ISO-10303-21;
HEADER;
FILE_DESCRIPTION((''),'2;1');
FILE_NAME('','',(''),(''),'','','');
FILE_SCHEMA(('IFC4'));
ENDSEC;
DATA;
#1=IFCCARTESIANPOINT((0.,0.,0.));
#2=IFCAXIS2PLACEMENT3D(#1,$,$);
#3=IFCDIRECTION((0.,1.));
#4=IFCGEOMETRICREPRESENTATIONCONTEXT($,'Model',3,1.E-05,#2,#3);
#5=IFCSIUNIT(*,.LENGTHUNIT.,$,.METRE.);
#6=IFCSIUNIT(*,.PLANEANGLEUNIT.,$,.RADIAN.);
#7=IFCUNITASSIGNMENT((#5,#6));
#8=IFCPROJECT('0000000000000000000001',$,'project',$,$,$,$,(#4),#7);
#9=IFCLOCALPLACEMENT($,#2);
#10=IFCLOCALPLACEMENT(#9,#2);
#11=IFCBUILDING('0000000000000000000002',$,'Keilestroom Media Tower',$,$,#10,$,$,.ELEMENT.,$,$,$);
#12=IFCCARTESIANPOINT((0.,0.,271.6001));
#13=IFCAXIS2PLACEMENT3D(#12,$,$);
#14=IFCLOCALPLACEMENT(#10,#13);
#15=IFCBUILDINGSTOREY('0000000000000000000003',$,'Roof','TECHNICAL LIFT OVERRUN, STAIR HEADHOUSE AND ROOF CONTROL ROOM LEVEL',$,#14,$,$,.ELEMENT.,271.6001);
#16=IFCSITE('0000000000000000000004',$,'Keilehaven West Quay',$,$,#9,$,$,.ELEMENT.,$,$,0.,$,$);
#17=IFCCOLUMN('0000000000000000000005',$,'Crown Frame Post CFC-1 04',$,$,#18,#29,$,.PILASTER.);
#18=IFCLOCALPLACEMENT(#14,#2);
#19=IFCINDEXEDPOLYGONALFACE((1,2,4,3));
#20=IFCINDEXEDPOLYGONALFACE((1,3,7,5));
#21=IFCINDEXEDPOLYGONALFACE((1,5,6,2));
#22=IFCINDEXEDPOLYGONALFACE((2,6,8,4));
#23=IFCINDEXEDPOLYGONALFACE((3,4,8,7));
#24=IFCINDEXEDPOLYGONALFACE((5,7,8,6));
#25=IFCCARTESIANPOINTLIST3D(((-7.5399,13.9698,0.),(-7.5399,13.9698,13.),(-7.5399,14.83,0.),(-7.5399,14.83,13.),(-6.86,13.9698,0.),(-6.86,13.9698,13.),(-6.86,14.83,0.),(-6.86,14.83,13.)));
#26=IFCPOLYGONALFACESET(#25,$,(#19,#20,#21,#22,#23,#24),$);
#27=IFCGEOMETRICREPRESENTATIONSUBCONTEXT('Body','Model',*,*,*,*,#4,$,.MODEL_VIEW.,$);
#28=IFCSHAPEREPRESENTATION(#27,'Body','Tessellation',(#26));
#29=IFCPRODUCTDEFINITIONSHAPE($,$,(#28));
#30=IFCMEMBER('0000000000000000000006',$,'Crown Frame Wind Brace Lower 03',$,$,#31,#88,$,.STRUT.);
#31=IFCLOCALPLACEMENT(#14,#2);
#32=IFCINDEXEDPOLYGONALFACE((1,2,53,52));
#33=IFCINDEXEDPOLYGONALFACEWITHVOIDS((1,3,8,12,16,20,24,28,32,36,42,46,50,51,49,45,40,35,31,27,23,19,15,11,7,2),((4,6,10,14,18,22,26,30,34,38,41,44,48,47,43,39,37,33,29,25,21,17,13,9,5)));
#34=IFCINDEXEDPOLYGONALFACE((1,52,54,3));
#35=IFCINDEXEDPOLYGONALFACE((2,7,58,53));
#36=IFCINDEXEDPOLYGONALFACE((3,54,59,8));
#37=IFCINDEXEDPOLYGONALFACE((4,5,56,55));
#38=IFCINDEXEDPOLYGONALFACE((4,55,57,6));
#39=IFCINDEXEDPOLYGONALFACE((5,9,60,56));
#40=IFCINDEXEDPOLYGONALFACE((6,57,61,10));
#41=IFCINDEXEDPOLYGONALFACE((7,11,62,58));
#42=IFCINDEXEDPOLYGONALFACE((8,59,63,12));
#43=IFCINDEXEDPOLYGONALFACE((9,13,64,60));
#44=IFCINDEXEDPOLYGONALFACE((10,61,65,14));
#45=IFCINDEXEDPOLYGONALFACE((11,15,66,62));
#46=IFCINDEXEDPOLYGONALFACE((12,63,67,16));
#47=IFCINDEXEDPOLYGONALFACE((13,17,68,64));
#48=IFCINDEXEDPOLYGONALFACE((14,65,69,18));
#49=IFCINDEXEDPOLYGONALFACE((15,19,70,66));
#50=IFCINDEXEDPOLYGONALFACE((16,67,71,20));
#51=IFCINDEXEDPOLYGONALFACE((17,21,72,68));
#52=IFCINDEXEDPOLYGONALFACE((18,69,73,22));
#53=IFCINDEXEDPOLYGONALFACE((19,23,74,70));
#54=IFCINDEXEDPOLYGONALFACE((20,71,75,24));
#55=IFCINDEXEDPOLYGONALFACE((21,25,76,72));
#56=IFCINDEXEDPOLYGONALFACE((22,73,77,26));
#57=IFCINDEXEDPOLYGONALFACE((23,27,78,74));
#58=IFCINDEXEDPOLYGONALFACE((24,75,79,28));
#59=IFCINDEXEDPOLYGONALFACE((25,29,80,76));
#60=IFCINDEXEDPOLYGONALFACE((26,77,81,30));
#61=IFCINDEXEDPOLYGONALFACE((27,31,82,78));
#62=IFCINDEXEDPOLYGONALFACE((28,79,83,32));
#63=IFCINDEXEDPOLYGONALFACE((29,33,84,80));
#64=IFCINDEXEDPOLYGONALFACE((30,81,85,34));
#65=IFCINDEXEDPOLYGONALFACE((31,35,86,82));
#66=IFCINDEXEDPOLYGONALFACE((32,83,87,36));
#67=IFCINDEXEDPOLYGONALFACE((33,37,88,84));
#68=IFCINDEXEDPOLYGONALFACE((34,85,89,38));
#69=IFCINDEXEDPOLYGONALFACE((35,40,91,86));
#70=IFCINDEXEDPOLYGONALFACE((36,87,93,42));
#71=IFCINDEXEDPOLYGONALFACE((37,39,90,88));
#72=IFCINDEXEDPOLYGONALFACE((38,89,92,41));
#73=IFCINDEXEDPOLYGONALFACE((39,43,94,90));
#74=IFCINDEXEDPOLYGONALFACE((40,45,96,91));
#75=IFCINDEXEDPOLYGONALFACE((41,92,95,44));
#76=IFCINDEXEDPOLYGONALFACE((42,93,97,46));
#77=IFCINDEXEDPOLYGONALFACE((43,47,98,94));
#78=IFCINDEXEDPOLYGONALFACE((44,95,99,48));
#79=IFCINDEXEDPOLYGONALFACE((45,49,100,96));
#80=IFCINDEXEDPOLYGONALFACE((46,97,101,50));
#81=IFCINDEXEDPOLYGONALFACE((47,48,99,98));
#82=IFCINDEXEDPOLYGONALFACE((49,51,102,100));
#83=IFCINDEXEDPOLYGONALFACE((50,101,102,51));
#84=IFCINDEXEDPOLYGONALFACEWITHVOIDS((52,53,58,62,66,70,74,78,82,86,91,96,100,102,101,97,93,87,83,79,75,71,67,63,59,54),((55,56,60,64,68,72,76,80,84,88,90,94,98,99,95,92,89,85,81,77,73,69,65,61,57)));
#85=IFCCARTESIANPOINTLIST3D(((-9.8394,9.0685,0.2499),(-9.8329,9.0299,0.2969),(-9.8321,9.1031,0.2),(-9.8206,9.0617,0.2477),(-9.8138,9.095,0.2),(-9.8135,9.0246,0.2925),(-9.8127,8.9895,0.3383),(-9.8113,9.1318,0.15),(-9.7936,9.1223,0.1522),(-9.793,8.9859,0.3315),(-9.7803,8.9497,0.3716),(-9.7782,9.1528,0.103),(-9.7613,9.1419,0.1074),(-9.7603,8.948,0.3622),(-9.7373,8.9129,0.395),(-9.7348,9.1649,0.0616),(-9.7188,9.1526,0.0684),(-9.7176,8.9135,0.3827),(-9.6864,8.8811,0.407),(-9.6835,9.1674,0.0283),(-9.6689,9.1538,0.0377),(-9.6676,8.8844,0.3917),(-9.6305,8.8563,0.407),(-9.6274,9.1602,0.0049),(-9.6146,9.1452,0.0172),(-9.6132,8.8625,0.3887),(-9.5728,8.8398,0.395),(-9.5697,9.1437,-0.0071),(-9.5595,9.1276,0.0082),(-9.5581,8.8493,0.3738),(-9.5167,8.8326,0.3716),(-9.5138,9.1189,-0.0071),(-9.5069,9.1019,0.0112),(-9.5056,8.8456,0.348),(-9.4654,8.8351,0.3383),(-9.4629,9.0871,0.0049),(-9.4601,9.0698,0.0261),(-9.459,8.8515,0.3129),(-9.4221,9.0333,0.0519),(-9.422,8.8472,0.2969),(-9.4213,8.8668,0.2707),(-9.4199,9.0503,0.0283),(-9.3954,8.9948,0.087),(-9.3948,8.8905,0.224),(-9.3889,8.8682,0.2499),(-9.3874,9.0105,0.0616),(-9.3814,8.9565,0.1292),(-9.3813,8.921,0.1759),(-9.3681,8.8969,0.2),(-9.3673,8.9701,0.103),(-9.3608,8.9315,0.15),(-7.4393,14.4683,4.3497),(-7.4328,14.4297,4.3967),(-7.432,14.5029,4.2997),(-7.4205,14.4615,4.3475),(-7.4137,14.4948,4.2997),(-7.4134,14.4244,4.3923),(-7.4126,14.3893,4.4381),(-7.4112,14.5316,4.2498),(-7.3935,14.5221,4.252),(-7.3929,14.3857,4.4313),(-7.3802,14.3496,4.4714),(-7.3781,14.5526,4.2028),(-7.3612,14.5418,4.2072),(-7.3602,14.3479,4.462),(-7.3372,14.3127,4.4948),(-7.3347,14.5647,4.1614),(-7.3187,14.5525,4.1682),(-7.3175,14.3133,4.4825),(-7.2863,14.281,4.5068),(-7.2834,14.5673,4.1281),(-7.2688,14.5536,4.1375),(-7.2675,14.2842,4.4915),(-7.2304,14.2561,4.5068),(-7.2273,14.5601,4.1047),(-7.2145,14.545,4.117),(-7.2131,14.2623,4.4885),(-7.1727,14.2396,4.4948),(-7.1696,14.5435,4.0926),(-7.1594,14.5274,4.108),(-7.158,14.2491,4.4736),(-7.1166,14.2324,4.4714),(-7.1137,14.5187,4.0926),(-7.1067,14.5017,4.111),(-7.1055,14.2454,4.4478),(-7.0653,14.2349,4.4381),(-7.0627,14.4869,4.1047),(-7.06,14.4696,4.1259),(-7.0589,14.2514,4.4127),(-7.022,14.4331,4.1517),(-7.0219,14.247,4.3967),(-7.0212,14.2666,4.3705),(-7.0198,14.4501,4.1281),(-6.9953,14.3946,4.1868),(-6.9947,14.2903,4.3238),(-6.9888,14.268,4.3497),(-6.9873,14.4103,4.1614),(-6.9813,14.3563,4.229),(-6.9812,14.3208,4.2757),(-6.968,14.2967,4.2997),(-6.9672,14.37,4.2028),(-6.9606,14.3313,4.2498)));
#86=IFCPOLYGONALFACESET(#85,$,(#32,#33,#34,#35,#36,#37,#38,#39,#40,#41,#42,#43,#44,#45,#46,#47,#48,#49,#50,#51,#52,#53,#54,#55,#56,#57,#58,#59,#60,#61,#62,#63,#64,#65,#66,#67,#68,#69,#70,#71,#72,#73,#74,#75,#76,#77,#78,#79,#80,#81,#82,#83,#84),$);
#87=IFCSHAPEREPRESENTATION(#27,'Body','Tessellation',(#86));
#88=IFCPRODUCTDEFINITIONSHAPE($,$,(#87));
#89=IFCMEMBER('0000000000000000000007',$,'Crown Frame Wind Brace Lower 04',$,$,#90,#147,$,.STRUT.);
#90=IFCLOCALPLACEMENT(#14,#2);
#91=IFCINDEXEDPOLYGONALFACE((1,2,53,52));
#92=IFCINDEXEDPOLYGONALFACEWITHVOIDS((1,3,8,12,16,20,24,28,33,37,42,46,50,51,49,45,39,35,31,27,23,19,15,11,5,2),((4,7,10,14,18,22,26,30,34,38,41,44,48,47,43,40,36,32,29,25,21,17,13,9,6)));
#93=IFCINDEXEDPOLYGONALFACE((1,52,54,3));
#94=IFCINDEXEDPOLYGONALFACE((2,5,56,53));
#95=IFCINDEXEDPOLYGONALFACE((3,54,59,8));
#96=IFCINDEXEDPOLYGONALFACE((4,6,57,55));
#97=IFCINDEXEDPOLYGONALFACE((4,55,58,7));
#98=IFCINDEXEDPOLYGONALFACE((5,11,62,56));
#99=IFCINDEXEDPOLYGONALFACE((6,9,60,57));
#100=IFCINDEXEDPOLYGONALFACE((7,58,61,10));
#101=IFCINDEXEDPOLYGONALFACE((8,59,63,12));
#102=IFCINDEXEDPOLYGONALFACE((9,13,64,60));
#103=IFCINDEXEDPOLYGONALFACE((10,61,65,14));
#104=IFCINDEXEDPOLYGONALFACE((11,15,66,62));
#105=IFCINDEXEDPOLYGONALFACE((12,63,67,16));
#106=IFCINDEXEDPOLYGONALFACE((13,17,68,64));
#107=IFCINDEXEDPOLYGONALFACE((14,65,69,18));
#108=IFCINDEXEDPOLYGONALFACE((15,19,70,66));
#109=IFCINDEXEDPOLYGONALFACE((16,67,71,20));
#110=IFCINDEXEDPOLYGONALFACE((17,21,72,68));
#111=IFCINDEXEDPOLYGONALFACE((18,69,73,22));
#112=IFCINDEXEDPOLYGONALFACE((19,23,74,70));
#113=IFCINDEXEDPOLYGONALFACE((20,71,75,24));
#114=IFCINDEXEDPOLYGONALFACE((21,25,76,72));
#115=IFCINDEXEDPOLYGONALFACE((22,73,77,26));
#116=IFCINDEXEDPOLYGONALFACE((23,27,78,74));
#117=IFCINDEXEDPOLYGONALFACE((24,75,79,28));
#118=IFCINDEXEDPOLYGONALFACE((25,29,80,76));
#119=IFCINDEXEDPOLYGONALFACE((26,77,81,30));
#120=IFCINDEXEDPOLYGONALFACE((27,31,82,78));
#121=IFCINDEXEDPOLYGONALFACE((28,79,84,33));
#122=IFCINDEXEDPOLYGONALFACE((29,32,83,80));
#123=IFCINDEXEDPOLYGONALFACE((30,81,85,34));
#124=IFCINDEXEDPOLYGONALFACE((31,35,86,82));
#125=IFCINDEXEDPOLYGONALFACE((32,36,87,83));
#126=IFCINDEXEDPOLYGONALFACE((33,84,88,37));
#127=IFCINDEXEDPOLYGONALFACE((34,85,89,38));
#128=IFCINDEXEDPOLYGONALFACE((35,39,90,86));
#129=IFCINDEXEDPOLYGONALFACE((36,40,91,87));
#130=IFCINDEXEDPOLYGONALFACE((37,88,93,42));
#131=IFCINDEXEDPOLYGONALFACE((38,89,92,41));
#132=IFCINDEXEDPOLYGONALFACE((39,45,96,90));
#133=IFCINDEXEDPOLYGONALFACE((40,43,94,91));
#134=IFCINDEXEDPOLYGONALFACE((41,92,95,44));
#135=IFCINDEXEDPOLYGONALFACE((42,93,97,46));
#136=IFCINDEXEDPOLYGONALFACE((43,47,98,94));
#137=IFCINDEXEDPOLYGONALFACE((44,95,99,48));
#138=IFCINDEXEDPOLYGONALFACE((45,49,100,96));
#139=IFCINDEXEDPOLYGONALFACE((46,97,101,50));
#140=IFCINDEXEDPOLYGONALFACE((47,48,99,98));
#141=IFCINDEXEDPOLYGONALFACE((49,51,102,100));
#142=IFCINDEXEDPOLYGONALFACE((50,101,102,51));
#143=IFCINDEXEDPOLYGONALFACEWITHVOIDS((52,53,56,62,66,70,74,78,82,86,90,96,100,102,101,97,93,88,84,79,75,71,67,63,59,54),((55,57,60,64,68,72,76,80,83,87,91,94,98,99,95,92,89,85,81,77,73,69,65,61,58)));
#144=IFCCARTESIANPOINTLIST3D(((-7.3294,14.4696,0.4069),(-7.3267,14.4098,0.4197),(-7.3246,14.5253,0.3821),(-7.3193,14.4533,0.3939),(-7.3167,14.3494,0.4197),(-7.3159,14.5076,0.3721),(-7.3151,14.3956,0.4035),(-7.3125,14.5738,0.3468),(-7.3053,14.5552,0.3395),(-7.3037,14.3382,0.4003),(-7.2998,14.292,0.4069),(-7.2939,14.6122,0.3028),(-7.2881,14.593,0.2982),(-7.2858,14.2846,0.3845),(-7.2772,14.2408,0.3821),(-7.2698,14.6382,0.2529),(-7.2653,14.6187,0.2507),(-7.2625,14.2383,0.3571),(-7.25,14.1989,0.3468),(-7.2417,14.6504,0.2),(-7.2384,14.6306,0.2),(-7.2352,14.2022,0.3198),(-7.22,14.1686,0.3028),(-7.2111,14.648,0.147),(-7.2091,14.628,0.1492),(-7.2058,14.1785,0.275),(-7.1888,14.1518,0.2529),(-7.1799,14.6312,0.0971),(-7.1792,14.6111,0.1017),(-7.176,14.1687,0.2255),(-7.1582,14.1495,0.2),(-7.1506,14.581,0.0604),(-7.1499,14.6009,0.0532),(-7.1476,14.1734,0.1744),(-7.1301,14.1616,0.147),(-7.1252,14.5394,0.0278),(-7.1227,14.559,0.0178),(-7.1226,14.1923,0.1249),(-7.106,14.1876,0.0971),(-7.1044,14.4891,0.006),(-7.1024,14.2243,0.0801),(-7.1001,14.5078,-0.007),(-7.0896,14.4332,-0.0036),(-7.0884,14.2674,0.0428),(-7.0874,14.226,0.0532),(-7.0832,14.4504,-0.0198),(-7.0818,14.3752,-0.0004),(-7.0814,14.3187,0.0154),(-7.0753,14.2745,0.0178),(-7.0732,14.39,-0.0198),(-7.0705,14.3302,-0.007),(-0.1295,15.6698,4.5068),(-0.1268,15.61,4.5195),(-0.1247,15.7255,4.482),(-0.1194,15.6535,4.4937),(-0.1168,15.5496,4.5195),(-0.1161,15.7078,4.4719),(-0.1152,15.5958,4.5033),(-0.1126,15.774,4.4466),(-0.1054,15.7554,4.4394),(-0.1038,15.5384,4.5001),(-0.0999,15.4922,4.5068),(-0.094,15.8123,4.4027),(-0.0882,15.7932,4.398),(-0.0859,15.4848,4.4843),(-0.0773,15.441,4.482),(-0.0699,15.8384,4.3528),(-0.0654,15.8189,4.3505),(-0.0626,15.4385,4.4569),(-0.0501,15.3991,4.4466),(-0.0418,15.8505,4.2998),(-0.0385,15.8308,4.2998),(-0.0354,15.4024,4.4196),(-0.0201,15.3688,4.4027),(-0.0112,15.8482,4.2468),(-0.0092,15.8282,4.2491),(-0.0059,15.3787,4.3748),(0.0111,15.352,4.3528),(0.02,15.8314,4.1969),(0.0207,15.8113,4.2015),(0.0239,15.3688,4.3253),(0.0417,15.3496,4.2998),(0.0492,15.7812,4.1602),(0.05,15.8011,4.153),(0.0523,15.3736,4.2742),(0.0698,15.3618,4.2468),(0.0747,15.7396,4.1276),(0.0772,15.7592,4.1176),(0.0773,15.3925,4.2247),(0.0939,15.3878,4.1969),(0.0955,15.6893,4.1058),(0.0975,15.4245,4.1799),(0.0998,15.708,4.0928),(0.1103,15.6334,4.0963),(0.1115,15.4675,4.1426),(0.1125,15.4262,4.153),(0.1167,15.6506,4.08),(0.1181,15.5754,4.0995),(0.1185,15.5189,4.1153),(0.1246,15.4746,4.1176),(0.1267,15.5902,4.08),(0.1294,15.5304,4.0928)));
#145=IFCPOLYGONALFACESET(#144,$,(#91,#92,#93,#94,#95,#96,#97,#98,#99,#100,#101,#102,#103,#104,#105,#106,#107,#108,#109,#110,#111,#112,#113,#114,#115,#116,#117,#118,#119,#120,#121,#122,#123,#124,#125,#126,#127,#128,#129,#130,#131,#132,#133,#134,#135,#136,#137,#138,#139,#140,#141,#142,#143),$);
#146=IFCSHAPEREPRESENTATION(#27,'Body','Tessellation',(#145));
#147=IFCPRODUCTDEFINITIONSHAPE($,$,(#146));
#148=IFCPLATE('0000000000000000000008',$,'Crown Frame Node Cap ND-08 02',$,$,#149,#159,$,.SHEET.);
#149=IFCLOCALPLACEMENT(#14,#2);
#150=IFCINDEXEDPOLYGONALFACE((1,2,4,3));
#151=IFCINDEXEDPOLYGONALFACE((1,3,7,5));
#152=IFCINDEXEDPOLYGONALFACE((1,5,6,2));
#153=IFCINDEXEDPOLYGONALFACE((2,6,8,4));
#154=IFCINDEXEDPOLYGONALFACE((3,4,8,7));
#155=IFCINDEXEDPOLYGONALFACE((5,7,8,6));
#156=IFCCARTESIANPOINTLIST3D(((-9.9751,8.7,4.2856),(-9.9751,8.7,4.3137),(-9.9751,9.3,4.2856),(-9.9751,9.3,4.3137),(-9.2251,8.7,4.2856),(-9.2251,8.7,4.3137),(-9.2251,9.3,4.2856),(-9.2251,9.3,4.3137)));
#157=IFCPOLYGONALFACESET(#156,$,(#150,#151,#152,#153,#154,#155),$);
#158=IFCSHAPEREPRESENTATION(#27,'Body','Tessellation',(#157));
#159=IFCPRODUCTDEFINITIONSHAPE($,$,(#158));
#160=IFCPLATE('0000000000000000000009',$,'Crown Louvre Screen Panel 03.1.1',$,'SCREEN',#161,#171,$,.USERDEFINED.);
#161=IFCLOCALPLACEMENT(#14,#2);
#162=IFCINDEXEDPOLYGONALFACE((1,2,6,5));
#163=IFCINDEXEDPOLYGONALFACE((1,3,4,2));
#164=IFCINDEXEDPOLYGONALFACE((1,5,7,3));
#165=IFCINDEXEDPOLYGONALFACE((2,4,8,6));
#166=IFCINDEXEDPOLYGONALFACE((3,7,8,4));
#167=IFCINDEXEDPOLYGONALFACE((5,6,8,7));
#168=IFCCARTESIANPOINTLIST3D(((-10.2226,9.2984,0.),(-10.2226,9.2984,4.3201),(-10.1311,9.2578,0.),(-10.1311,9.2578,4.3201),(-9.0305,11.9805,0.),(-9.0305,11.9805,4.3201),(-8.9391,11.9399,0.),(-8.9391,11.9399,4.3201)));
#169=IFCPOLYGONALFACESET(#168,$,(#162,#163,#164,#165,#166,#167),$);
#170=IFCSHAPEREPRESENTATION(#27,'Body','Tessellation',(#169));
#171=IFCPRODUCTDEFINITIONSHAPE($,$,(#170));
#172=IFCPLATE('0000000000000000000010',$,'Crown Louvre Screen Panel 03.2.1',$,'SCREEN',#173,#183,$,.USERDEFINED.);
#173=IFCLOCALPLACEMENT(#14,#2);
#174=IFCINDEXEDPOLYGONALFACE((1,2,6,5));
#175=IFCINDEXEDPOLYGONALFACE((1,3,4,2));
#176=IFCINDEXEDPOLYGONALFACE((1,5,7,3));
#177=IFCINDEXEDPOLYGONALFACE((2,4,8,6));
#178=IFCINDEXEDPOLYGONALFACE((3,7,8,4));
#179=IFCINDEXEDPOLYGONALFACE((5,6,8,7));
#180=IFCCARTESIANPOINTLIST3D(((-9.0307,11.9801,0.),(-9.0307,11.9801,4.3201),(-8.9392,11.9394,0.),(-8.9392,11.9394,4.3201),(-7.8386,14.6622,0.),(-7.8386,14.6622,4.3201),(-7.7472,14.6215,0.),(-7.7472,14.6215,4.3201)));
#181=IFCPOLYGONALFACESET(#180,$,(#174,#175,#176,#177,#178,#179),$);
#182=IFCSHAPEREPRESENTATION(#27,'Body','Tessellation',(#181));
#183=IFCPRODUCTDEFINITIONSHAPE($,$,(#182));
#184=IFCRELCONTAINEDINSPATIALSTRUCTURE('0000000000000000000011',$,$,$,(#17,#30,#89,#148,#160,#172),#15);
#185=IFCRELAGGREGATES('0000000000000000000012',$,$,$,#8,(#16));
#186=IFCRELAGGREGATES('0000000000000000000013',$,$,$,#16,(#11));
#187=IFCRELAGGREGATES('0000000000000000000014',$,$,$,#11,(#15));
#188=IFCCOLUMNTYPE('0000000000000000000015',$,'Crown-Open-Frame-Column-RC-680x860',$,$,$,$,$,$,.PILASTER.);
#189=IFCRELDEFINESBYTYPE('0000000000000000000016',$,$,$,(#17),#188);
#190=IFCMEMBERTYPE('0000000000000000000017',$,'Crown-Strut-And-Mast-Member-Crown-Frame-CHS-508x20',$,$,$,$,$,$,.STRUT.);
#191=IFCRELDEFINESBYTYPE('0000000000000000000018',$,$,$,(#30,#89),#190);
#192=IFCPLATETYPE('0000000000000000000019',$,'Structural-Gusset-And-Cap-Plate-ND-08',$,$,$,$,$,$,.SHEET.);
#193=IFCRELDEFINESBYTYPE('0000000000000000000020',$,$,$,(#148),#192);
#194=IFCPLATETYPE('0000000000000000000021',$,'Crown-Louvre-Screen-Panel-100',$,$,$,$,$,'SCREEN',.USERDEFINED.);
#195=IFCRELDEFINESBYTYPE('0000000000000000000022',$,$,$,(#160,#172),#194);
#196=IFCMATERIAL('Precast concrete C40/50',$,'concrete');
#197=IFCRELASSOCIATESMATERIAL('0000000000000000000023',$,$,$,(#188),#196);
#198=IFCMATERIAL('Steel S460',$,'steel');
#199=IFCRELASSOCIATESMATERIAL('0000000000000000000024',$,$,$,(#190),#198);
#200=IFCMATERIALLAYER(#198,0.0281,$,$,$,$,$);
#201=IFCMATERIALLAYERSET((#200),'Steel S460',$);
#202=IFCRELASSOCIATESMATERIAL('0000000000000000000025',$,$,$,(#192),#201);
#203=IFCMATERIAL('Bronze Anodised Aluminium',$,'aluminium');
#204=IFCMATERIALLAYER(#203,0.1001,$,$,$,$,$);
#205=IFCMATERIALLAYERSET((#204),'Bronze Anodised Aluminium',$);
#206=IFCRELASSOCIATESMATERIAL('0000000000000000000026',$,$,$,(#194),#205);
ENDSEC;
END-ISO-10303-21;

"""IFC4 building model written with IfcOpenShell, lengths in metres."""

from ifc_helpers import new_model, si_unit, direction, frame, origin, origin_2d, place, context, subcontext, project, spatial, rectangle, hollow_circle, extrude, source, transform, mapped, material, layer, layer_set, material_profile, profile_set, type_object, element, save


model = new_model("IFC4")

# Units and contexts
model_context = context("Model", 3, precision=1e-05, world=origin(), true_north=direction((0.0, 1.0)))
body_context = subcontext(model_context, "Body", "Model", "MODEL_VIEW")
ifc_project = project(units=[si_unit("LENGTHUNIT", "METRE"), si_unit("PLANEANGLEUNIT", "RADIAN")], contexts=[model_context])

# Site, building, storey
site_placement = place(None, origin())
site = spatial("IfcSite", under=ifc_project, at=site_placement, Name="Keilehaven West Quay", CompositionType="ELEMENT", RefElevation=0.0)
building_placement = place(site_placement, origin())
building = spatial("IfcBuilding", under=site, at=building_placement, Name="Keilestroom Media Tower", CompositionType="ELEMENT")
storey_placement = place(building_placement, frame((0.0, 0.0, 271.6001)))
storey = spatial("IfcBuildingStorey", under=building, at=storey_placement, Name="Roof", Description="TECHNICAL LIFT OVERRUN, STAIR HEADHOUSE AND ROOF CONTROL ROOM LEVEL", CompositionType="ELEMENT", Elevation=271.6001)

# Column
ifc_material_1 = material(Name="Precast concrete C40/50", Category="concrete")
ifc_material_profile_1 = material_profile(ifc_material_1, rectangle(XDim=0.6799, YDim=0.8601, at=origin_2d()), Name="CF 860x680")
ifc_profile_set_1 = profile_set([ifc_material_profile_1], Name="Precast concrete C40/50")
column_type = type_object("IfcColumnType", Name="Crown-Open-Frame-Column-RC-680x860", PredefinedType="PILASTER", material=ifc_profile_set_1)
shared_shape_1 = source(origin(), body_context, "Body", "SweptSolid", [
    extrude(rectangle(XDim=0.6799, YDim=0.8601, at=origin_2d()), origin(), (0.0, 0.0, 1.0), 13.0),
])
column_placement = place(storey_placement, frame((-7.2, 14.3999, 0.0), z_axis=(0.0, 0.0, 1.0), x_axis=(1.0, 0.0, 0.0)))
element("IfcColumn", 1, at=column_placement, inside=storey, type_object=column_type, Name="Crown Frame Post CFC-1 04", PredefinedType="PILASTER", context=body_context, shape_type="MappedRepresentation", body=[
    mapped(shared_shape_1, transform((0.0, 0.0, 0.0), x_axis=(1.0, 0.0, 0.0), y_axis=(0.0, 1.0, 0.0), z_axis=(0.0, 0.0, 1.0), scale=1.0)),
])

# Members
ifc_material_2 = material(Name="Steel S460", Category="steel")
ifc_material_profile_2 = material_profile(ifc_material_2, hollow_circle(Radius=0.2539, WallThickness=0.02, at=origin_2d()), Name="CHS 508x20")
ifc_profile_set_2 = profile_set([ifc_material_profile_2], Name="Steel S460")
member_type = type_object("IfcMemberType", Name="Crown-Strut-And-Mast-Member-Crown-Frame-CHS-508x20", PredefinedType="STRUT", material=ifc_profile_set_2)
shared_shape_2 = source(origin(), body_context, "Body", "SweptSolid", [
    extrude(hollow_circle(Radius=0.2539, WallThickness=0.02, at=origin_2d()), origin(), (0.0, 0.0, 1.0), 7.1921),
])
member_1_placement = place(storey_placement, frame((-9.6001, 9.0, 0.2), z_axis=(0.333713, 0.750795, 0.570038), x_axis=(-0.9138, 0.406165, 0.0)))
element("IfcMember", 2, at=member_1_placement, inside=storey, type_object=member_type, Name="Crown Frame Wind Brace Lower 03", PredefinedType="STRUT", context=body_context, shape_type="MappedRepresentation", body=[
    mapped(shared_shape_2, transform((0.0, 0.0, 0.0), x_axis=(1.0, 0.0, 0.0), y_axis=(0.0, 1.0, 0.0), z_axis=(0.0, 0.0, 1.0), scale=1.0)),
])
shared_shape_3 = source(origin(), body_context, "Body", "SweptSolid", [
    extrude(hollow_circle(Radius=0.2539, WallThickness=0.02, at=origin_2d()), origin(), (0.0, 0.0, 1.0), 8.3718),
])
member_2_placement = place(storey_placement, frame((-7.2, 14.3999, 0.2), z_axis=(0.860015, 0.14336, 0.489717), x_axis=(-0.164426, 0.986389, 0.0)))
element("IfcMember", 3, at=member_2_placement, inside=storey, type_object=member_type, Name="Crown Frame Wind Brace Lower 04", PredefinedType="STRUT", context=body_context, shape_type="MappedRepresentation", body=[
    mapped(shared_shape_3, transform((0.0, 0.0, 0.0), x_axis=(1.0, 0.0, 0.0), y_axis=(0.0, 1.0, 0.0), z_axis=(0.0, 0.0, 1.0), scale=1.0)),
])

# Plates
ifc_layer_1 = layer(ifc_material_2, 0.0281)
ifc_layer_set_1 = layer_set([ifc_layer_1], Name="Steel S460")
plate_type_1 = type_object("IfcPlateType", Name="Structural-Gusset-And-Cap-Plate-ND-08", PredefinedType="SHEET", material=ifc_layer_set_1)
shared_shape_4 = source(origin(), body_context, "Body", "SweptSolid", [
    extrude(rectangle(XDim=0.75, YDim=0.6001, at=origin_2d()), origin(), (0.0, 0.0, 1.0), 0.0281),
])
plate_1_placement = place(storey_placement, frame((-9.6001, 9.0, 4.2856), z_axis=(0.0, 0.0, 1.0), x_axis=(1.0, 0.0, 0.0)))
element("IfcPlate", 4, at=plate_1_placement, inside=storey, type_object=plate_type_1, Name="Crown Frame Node Cap ND-08 02", PredefinedType="SHEET", context=body_context, shape_type="MappedRepresentation", body=[
    mapped(shared_shape_4, transform((0.0, 0.0, 0.0), x_axis=(1.0, 0.0, 0.0), y_axis=(0.0, 1.0, 0.0), z_axis=(0.0, 0.0, 1.0), scale=1.0)),
])
ifc_material_3 = material(Name="Bronze Anodised Aluminium", Category="aluminium")
ifc_layer_2 = layer(ifc_material_3, 0.1001)
ifc_layer_set_2 = layer_set([ifc_layer_2], Name="Bronze Anodised Aluminium")
plate_type_2 = type_object("IfcPlateType", Name="Crown-Louvre-Screen-Panel-100", ElementType="SCREEN", PredefinedType="USERDEFINED", material=ifc_layer_set_2)
shared_shape_5 = source(origin(), body_context, "Body", "SweptSolid", [
    extrude(rectangle(XDim=2.9351, YDim=0.1001, at=origin_2d()), origin(), (0.0, 0.0, 1.0), 4.3201),
])
for number, where, z_axis, x_axis, name in (
    (5, (-9.5808, 10.6191, 0.0), (0.0, 0.0, 1.0), (0.406139, 0.913811, 0.0), "Crown Louvre Screen Panel 03.1.1"),
    (6, (-8.3889, 13.3008, 0.0), (0.0, 0.0, 1.0), (0.406139, 0.913811, 0.0), "Crown Louvre Screen Panel 03.2.1"),
):
    element("IfcPlate", number, at=place(storey_placement, frame(where, z_axis=z_axis, x_axis=x_axis)), inside=storey, type_object=plate_type_2, Name=name, ObjectType="SCREEN", PredefinedType="USERDEFINED", context=body_context, shape_type="MappedRepresentation", body=[
        mapped(shared_shape_5, transform((0.0, 0.0, 0.0), x_axis=(1.0, 0.0, 0.0), y_axis=(0.0, 1.0, 0.0), z_axis=(0.0, 0.0, 1.0), scale=1.0)),
    ])

save(model, "model.ifc")
